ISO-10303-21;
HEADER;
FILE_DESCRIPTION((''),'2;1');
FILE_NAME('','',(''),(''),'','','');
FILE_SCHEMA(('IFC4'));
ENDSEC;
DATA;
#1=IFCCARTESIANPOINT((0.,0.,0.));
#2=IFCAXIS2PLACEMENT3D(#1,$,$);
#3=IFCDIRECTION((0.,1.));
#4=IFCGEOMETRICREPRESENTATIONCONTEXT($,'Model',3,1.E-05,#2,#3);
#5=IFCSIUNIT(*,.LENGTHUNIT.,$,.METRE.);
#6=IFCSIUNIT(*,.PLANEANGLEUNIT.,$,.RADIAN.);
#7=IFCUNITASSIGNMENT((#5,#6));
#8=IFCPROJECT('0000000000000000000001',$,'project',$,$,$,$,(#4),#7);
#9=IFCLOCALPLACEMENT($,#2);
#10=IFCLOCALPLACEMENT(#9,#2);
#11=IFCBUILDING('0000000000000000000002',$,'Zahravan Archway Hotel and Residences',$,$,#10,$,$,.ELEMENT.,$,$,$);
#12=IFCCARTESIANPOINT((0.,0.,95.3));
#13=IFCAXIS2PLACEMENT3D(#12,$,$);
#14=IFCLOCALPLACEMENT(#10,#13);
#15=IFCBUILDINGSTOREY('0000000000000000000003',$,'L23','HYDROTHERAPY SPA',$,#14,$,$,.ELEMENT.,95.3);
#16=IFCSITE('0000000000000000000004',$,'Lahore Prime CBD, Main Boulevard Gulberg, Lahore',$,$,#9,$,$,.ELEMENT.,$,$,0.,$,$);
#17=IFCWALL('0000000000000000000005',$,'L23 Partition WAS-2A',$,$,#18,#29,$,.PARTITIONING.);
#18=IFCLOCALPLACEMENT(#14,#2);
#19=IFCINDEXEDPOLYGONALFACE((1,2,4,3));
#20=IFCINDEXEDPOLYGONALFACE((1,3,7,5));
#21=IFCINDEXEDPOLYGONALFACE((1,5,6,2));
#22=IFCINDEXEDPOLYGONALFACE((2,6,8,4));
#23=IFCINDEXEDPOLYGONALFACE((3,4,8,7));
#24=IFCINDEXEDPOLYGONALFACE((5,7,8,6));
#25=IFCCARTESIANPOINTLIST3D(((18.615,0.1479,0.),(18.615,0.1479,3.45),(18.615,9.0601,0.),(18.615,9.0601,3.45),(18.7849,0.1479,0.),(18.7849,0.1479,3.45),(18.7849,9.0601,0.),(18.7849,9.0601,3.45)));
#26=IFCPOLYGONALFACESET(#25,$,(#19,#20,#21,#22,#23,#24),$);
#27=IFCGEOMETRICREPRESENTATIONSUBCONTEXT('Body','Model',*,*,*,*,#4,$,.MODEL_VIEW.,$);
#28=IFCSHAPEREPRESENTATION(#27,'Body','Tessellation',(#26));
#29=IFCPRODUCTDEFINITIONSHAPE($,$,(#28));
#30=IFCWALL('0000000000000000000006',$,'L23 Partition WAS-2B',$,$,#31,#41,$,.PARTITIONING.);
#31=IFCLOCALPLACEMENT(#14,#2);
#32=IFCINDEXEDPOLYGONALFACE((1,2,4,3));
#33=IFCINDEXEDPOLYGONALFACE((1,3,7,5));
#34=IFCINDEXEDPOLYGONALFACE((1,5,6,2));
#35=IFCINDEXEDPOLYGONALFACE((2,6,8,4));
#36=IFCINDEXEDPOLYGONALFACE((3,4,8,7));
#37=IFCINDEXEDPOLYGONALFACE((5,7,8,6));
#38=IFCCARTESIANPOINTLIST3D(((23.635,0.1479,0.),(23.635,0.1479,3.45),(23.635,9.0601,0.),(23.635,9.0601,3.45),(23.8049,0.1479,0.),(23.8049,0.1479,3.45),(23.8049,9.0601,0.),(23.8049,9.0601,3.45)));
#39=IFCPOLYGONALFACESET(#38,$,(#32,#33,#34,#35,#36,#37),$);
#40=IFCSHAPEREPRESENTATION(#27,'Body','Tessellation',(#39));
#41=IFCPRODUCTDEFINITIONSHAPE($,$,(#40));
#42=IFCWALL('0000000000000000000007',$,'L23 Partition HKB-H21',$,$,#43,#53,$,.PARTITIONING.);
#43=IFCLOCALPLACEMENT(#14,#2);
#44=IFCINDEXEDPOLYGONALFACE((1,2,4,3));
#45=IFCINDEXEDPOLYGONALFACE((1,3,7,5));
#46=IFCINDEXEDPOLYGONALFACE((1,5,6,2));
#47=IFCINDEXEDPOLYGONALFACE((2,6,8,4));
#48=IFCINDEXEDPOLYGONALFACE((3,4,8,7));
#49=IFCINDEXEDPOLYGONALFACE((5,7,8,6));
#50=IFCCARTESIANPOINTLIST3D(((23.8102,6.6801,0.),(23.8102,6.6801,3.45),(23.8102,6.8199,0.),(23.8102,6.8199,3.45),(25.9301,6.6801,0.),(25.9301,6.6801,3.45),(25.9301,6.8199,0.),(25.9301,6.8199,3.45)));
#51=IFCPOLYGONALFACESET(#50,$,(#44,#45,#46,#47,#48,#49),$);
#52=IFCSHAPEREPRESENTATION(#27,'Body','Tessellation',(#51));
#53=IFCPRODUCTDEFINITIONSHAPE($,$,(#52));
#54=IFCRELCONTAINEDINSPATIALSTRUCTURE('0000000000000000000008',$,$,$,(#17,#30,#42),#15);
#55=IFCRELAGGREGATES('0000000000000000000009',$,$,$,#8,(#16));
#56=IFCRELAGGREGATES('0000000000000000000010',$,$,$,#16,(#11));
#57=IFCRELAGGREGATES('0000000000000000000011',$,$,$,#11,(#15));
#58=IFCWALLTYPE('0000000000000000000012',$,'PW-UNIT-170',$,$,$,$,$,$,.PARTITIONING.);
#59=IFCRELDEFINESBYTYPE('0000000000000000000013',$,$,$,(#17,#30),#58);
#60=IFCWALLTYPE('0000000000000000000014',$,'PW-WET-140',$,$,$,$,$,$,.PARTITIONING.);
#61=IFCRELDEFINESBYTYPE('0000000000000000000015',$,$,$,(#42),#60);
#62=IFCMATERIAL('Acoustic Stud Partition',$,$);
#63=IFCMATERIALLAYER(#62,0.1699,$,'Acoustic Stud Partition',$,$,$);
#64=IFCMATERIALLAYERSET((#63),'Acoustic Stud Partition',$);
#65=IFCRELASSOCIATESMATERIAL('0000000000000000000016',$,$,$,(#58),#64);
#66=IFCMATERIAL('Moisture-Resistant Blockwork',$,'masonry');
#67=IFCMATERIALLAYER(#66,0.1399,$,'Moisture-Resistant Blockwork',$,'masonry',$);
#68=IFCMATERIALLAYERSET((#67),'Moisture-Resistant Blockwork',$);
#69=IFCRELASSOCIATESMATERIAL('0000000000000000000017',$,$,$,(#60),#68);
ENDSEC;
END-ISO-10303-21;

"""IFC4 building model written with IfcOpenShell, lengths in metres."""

from ifc_helpers import new_model, si_unit, direction, frame, frame_2d, origin, place, context, subcontext, project, spatial, rectangle, extrude, material, layer, layer_set, type_object, element, save


model = new_model("IFC4")

# Units and contexts
model_context = context("Model", 3, precision=1e-05, world=origin(), true_north=direction((0.0, 1.0)))
body_context = subcontext(model_context, "Body", "Model", "MODEL_VIEW")
ifc_project = project(units=[si_unit("LENGTHUNIT", "METRE"), si_unit("PLANEANGLEUNIT", "RADIAN")], contexts=[model_context])

# Site, building, storey
site_placement = place(None, origin())
site = spatial("IfcSite", under=ifc_project, at=site_placement, Name="Lahore Prime CBD, Main Boulevard Gulberg, Lahore", CompositionType="ELEMENT", RefElevation=0.0)
building_placement = place(site_placement, origin())
building = spatial("IfcBuilding", under=site, at=building_placement, Name="Zahravan Archway Hotel and Residences", CompositionType="ELEMENT")
storey_placement = place(building_placement, frame((0.0, 0.0, 95.3)))
storey = spatial("IfcBuildingStorey", under=building, at=storey_placement, Name="L23", Description="HYDROTHERAPY SPA", CompositionType="ELEMENT", Elevation=95.3)

# Walls
ifc_material_1 = material(Name="Acoustic Stud Partition")
ifc_layer_1 = layer(ifc_material_1, 0.1699, Name="Acoustic Stud Partition")
ifc_layer_set_1 = layer_set([ifc_layer_1], Name="Acoustic Stud Partition")
wall_type_1 = type_object("IfcWallType", Name="PW-UNIT-170", PredefinedType="PARTITIONING", material=ifc_layer_set_1)
for number, where, z_axis, x_axis, name in (
    (1, (18.7, 0.1479, 0.0), (0.0, 0.0, 1.0), (0.0, 1.0, 0.0), "L23 Partition WAS-2A"),
    (2, (23.72, 0.1479, 0.0), (0.0, 0.0, 1.0), (0.0, 1.0, 0.0), "L23 Partition WAS-2B"),
):
    element("IfcWall", number, at=place(storey_placement, frame(where, z_axis=z_axis, x_axis=x_axis)), inside=storey, type_object=wall_type_1, Name=name, PredefinedType="PARTITIONING", context=body_context, shape_type="SweptSolid", body=[
        extrude(rectangle(XDim=8.9121, YDim=0.1699, at=frame_2d((4.4561, 0.0))), origin(), (0.0, 0.0, 1.0), 3.45),
    ])
ifc_material_2 = material(Name="Moisture-Resistant Blockwork", Category="masonry")
ifc_layer_2 = layer(ifc_material_2, 0.1399, Name="Moisture-Resistant Blockwork", Category="masonry")
ifc_layer_set_2 = layer_set([ifc_layer_2], Name="Moisture-Resistant Blockwork")
wall_type_2 = type_object("IfcWallType", Name="PW-WET-140", PredefinedType="PARTITIONING", material=ifc_layer_set_2)
wall_1_placement = place(storey_placement, frame((23.8101, 6.75, 0.0), z_axis=(0.0, 0.0, 1.0), x_axis=(1.0, 0.0, 0.0)))
element("IfcWall", 3, at=wall_1_placement, inside=storey, type_object=wall_type_2, Name="L23 Partition HKB-H21", PredefinedType="PARTITIONING", context=body_context, shape_type="SweptSolid", body=[
    extrude(rectangle(XDim=2.1199, YDim=0.1399, at=frame_2d((1.0601, 0.0))), origin(), (0.0, 0.0, 1.0), 3.45),
])

save(model, "model.ifc")
